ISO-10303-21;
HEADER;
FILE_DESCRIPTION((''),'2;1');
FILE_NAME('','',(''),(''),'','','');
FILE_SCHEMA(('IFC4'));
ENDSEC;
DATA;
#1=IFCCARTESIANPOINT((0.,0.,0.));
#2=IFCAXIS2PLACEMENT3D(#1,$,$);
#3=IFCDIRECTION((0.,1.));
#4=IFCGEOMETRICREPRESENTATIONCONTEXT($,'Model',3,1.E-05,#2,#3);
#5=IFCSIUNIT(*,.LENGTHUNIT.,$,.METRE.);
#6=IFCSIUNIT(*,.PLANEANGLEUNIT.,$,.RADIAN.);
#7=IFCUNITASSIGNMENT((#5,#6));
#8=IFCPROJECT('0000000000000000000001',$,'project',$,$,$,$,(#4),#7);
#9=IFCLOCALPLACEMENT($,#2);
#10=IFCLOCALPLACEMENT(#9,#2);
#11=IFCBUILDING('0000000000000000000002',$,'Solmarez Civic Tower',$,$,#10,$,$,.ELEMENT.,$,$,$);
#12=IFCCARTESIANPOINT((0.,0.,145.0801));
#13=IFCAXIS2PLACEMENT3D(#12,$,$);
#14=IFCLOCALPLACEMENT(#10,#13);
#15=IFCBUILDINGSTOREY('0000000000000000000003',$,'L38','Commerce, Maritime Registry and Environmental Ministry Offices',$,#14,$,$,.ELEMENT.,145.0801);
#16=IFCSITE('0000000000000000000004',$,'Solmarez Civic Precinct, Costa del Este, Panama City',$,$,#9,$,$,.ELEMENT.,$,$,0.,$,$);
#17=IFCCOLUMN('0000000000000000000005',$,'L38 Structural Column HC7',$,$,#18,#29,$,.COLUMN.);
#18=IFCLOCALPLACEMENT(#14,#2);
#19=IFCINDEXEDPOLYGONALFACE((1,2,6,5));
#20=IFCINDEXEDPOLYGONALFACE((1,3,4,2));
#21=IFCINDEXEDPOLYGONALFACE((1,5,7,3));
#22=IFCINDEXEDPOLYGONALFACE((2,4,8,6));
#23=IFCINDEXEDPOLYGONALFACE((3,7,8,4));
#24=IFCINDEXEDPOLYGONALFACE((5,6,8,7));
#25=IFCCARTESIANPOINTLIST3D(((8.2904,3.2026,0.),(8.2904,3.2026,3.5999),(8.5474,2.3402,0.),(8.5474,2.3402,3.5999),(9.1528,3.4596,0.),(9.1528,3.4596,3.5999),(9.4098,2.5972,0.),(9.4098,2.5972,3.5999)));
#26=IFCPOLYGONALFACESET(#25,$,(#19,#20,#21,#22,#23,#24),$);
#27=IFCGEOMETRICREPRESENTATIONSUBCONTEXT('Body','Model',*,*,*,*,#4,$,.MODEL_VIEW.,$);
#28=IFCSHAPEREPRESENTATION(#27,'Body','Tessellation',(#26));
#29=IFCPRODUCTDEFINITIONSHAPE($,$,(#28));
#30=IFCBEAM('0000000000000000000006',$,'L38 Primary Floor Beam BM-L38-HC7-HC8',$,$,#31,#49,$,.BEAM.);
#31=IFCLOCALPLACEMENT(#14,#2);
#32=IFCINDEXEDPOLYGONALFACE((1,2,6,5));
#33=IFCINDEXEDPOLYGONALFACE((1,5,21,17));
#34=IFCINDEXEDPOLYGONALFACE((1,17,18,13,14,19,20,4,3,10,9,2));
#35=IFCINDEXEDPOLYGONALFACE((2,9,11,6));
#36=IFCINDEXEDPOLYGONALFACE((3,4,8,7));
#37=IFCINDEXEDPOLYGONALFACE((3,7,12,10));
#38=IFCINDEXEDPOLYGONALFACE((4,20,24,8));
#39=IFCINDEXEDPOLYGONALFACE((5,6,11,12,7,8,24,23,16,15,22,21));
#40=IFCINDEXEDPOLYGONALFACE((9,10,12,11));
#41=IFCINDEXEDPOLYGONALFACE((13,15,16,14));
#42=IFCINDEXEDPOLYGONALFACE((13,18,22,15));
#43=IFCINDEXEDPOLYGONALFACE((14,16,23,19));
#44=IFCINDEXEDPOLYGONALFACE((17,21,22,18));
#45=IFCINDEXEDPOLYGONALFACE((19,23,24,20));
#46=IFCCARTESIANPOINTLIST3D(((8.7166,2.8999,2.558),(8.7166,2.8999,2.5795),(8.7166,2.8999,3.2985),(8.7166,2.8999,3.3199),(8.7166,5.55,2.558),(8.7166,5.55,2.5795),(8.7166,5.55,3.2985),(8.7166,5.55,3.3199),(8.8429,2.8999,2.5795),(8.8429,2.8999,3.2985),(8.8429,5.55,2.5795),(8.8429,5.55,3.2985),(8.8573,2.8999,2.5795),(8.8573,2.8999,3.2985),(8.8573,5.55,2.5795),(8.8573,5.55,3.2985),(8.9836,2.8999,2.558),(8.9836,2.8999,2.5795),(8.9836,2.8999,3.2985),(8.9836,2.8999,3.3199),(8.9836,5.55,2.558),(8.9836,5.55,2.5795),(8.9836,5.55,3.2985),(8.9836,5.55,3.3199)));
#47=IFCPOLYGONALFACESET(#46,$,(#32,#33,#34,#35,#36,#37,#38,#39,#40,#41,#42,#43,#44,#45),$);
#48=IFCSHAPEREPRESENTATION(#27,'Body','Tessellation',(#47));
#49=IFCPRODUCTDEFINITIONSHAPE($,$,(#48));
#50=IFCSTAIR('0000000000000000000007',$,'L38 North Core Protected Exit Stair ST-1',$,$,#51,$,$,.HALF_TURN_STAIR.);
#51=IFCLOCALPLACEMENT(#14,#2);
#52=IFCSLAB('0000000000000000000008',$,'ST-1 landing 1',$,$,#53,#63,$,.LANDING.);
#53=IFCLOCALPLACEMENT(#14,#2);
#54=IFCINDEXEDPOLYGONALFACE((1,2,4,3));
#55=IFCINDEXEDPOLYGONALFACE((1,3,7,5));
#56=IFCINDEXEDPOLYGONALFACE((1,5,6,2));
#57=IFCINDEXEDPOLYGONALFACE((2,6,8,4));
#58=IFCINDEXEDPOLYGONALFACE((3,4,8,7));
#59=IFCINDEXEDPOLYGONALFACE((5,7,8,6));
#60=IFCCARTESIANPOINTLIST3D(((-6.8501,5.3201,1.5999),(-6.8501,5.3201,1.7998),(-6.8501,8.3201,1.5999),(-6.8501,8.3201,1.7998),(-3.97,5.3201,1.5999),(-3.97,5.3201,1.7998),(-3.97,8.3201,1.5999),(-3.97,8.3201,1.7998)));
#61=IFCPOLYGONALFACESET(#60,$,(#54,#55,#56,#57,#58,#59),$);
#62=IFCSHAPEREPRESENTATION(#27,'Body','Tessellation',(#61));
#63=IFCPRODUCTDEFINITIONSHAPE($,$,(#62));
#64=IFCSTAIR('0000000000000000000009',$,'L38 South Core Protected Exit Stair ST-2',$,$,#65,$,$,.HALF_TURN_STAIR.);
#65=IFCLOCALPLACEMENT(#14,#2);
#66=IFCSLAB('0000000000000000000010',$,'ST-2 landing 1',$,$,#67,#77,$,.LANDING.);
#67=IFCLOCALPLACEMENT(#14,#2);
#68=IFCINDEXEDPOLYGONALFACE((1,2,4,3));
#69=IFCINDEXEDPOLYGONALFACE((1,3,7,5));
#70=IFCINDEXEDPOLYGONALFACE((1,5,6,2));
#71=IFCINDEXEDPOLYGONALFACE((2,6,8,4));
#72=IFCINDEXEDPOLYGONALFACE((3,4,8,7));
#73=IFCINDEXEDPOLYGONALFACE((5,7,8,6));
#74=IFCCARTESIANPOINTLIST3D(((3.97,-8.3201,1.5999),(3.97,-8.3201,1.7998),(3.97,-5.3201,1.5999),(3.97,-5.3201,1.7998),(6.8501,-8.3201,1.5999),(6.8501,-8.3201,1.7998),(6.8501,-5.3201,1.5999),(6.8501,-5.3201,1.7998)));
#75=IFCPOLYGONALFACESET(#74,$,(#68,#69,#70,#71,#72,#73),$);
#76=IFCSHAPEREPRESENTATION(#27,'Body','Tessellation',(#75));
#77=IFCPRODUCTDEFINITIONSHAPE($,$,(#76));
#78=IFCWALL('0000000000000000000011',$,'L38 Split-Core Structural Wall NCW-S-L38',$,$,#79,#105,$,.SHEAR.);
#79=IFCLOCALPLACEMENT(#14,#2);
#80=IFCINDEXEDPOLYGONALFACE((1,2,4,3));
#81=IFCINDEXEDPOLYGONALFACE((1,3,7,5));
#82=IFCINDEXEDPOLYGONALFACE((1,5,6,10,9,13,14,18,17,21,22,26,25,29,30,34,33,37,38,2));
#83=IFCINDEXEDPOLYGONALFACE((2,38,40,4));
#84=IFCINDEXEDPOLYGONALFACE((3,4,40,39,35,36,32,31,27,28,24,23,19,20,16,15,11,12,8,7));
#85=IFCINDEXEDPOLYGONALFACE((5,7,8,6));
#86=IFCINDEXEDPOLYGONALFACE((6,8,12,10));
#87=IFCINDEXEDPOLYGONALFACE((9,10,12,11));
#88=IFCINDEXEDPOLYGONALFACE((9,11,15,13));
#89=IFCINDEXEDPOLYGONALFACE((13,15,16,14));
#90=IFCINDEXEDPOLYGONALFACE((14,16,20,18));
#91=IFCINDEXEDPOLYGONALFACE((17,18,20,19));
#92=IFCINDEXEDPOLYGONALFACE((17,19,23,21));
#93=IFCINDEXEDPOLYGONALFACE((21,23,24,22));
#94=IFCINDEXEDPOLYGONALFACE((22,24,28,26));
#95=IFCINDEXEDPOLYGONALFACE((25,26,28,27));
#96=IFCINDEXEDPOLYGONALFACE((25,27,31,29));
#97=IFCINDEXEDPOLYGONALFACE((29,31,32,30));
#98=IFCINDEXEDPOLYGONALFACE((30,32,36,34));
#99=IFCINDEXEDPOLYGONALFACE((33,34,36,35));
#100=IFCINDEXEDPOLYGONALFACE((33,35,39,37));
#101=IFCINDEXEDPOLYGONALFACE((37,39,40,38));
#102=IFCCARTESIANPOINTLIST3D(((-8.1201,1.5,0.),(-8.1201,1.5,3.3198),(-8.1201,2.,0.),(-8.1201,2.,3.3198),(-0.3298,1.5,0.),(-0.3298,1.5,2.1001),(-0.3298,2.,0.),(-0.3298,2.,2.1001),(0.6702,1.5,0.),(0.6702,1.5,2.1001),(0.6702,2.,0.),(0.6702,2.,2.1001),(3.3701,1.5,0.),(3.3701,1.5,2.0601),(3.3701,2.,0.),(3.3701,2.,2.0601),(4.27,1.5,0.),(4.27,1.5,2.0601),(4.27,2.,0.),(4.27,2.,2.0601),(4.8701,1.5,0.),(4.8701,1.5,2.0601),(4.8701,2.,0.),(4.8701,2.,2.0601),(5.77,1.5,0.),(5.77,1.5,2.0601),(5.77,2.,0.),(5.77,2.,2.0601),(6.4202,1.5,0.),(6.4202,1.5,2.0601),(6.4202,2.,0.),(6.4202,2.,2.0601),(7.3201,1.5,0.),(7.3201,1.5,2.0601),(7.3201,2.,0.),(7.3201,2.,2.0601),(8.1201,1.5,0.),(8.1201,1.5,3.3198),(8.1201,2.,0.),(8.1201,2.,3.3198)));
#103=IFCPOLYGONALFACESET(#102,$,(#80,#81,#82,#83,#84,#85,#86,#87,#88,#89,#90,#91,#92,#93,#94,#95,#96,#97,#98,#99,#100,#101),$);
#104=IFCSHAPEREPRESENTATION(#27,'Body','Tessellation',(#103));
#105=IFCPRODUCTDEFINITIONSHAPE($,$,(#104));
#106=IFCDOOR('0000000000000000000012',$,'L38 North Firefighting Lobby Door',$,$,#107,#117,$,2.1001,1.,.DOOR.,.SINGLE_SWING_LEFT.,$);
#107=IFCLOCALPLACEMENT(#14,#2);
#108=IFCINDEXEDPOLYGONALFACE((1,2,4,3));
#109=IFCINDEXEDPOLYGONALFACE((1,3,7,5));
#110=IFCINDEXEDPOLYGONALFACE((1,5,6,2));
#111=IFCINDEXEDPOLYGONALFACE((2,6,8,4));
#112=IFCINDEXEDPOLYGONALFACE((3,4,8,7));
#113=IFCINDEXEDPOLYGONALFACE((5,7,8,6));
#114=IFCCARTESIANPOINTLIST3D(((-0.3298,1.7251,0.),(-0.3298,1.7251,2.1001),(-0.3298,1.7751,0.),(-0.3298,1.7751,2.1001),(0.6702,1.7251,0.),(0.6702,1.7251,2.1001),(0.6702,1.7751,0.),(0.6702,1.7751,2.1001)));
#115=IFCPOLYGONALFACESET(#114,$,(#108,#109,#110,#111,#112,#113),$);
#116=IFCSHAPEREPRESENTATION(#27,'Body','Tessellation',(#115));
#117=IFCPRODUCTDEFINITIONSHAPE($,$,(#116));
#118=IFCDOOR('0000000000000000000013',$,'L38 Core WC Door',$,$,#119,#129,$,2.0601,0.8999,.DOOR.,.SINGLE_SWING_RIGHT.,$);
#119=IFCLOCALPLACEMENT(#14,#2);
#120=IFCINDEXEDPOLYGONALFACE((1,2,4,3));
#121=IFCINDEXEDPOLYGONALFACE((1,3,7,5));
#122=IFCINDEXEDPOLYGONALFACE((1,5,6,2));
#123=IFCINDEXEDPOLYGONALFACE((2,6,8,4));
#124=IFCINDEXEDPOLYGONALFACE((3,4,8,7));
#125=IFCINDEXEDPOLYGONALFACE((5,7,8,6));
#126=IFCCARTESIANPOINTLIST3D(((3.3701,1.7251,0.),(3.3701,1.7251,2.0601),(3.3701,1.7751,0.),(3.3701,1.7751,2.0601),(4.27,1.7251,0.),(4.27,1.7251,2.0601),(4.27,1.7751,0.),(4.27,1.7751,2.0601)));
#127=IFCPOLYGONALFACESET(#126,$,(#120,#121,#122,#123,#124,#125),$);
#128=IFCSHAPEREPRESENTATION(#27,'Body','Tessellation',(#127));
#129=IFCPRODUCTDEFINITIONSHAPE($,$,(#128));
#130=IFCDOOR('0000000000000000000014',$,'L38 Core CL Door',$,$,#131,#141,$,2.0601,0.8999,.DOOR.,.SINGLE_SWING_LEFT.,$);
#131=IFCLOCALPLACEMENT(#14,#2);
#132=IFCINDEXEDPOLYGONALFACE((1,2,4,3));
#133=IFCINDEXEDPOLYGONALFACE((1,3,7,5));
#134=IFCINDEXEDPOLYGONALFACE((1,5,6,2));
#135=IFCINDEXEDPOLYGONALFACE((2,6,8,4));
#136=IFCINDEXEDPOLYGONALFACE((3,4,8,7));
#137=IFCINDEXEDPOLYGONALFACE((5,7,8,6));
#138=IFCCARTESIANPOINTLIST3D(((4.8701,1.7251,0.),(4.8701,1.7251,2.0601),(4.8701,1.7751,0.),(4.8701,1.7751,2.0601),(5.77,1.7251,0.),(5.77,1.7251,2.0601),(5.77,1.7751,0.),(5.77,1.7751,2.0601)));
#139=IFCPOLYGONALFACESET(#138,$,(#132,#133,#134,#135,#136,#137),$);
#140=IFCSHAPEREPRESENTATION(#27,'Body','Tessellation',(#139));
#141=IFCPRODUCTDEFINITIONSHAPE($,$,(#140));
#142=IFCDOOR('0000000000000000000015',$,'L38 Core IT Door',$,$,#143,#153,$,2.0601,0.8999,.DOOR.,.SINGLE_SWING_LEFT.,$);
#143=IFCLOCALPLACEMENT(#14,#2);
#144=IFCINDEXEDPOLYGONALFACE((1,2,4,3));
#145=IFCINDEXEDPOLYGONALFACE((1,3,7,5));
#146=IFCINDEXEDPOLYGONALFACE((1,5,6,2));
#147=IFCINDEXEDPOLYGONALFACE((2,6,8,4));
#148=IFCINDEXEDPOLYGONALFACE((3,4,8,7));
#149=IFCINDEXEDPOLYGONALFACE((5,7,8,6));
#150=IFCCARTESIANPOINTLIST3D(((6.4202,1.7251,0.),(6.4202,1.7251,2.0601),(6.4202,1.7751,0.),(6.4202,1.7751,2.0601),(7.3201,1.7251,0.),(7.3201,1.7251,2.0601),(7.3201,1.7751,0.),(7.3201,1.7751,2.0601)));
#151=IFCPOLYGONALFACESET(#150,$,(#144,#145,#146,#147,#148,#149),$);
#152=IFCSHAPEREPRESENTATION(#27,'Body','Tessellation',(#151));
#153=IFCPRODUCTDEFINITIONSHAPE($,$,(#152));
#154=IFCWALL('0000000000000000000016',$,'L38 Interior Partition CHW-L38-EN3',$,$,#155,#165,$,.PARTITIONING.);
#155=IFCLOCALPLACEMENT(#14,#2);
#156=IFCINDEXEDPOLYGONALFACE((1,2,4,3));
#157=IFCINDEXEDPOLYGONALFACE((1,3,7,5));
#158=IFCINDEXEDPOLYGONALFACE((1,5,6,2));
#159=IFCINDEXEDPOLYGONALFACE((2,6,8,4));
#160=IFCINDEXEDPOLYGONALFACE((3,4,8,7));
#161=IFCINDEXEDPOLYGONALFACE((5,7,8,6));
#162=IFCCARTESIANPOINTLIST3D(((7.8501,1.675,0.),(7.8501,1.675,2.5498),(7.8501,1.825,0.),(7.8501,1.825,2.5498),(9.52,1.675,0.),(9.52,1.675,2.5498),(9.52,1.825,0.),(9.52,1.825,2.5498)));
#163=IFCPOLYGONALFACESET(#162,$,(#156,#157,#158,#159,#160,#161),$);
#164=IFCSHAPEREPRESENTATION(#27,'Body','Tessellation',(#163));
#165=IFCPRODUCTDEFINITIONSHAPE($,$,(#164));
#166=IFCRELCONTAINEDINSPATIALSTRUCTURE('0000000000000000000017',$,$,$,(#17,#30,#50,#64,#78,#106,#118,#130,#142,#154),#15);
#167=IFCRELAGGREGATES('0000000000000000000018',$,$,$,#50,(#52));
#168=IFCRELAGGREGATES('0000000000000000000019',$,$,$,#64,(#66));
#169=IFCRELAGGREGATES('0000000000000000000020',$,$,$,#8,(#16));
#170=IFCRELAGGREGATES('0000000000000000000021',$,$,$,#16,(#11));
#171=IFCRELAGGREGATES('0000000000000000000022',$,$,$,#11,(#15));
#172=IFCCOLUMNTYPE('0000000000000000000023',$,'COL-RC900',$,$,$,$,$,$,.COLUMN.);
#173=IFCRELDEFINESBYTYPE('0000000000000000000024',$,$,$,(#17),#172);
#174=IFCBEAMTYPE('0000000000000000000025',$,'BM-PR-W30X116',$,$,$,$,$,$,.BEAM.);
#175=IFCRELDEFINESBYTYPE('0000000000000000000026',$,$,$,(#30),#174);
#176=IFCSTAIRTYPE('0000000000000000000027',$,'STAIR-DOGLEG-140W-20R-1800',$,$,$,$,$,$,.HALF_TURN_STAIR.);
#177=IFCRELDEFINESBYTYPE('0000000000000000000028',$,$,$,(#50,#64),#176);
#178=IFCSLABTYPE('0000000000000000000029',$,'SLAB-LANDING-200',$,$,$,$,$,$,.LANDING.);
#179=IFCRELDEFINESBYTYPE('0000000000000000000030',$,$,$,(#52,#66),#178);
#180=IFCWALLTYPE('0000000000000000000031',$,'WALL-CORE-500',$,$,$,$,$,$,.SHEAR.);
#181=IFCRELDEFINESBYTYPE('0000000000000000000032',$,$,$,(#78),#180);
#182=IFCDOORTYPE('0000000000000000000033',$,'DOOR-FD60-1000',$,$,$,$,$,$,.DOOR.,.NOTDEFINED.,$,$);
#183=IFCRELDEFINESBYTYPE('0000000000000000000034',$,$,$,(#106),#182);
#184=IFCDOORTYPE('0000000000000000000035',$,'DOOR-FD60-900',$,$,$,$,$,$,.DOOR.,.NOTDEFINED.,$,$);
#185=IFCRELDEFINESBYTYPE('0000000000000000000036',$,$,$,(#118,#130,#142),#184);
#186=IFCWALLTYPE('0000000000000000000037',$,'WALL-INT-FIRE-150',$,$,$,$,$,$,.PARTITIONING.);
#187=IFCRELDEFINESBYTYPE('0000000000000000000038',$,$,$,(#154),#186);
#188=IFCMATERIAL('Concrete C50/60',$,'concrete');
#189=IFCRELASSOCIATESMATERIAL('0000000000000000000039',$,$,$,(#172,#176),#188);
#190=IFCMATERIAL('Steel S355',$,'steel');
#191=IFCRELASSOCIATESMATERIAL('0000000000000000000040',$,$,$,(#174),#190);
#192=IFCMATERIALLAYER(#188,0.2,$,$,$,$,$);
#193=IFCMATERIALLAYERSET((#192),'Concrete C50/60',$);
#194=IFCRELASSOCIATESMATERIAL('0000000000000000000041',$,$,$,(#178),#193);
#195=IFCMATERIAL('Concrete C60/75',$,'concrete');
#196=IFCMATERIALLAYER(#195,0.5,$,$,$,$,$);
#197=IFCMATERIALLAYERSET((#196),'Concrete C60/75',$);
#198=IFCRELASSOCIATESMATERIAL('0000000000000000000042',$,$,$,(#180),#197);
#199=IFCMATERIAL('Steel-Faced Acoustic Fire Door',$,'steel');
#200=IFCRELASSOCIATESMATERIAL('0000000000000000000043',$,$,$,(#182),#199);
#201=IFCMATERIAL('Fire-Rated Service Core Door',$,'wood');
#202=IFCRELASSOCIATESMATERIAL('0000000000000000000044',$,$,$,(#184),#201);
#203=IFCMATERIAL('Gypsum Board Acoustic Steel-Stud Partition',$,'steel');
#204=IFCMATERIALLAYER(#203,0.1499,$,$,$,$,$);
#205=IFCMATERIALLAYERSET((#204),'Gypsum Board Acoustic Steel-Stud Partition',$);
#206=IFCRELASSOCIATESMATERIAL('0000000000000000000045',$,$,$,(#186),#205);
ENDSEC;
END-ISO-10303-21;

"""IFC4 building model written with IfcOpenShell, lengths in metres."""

from ifc_helpers import new_model, si_unit, direction, frame, frame_2d, origin, origin_2d, place, context, subcontext, project, spatial, polyline, rectangle, i_section, outline, extrude, material, layer, layer_set, material_profile, profile_set, type_object, element, fill, aggregate, save


model = new_model("IFC4")

# Units and contexts
model_context = context("Model", 3, precision=1e-05, world=origin(), true_north=direction((0.0, 1.0)))
body_context = subcontext(model_context, "Body", "Model", "MODEL_VIEW")
ifc_project = project(units=[si_unit("LENGTHUNIT", "METRE"), si_unit("PLANEANGLEUNIT", "RADIAN")], contexts=[model_context])

# Site, building, storey
site_placement = place(None, origin())
site = spatial("IfcSite", under=ifc_project, at=site_placement, Name="Solmarez Civic Precinct, Costa del Este, Panama City", CompositionType="ELEMENT", RefElevation=0.0)
building_placement = place(site_placement, origin())
building = spatial("IfcBuilding", under=site, at=building_placement, Name="Solmarez Civic Tower", CompositionType="ELEMENT")
storey_placement = place(building_placement, frame((0.0, 0.0, 145.0801)))
storey = spatial("IfcBuildingStorey", under=building, at=storey_placement, Name="L38", Description="Commerce, Maritime Registry and Environmental Ministry Offices", CompositionType="ELEMENT", Elevation=145.0801)

# Column
ifc_material_1 = material(Name="Concrete C50/60", Category="concrete")
ifc_material_profile_1 = material_profile(ifc_material_1, rectangle(XDim=0.8999, YDim=0.8999, at=origin_2d()), Name="RC900X900")
ifc_profile_set_1 = profile_set([ifc_material_profile_1], Name="Concrete C50/60")
column_type = type_object("IfcColumnType", Name="COL-RC900", PredefinedType="COLUMN", material=ifc_profile_set_1)
column_placement = place(storey_placement, frame((8.8501, 2.8999, 0.0), z_axis=(0.0, 0.0, 1.0), x_axis=(0.958323, 0.285688, 0.0)))
element("IfcColumn", 1, at=column_placement, inside=storey, type_object=column_type, Name="L38 Structural Column HC7", PredefinedType="COLUMN", context=body_context, shape_type="SweptSolid", body=[
    extrude(rectangle(XDim=0.8999, YDim=0.8999, at=origin_2d()), origin(), (0.0, 0.0, 1.0), 3.5999),
])

# Beam
ifc_material_2 = material(Name="Steel S355", Category="steel")
ifc_material_profile_2 = material_profile(ifc_material_2, i_section(OverallWidth=0.2671, OverallDepth=0.762, WebThickness=0.0144, FlangeThickness=0.0215, at=origin_2d()), Name="W30X116")
ifc_profile_set_2 = profile_set([ifc_material_profile_2], Name="Steel S355")
beam_type = type_object("IfcBeamType", Name="BM-PR-W30X116", PredefinedType="BEAM", material=ifc_profile_set_2)
beam_placement = place(storey_placement, frame((8.8501, 2.8999, 2.939), z_axis=(0.0, 1.0, 0.0), x_axis=(-1.0, 0.0, 0.0)))
element("IfcBeam", 2, at=beam_placement, inside=storey, type_object=beam_type, Name="L38 Primary Floor Beam BM-L38-HC7-HC8", PredefinedType="BEAM", context=body_context, shape_type="SweptSolid", body=[
    extrude(i_section(OverallWidth=0.2671, OverallDepth=0.762, WebThickness=0.0144, FlangeThickness=0.0215, at=origin_2d()), origin(), (0.0, 0.0, 1.0), 2.6501),
])

# Stairs, slabs
stair_type = type_object("IfcStairType", Name="STAIR-DOGLEG-140W-20R-1800", PredefinedType="HALF_TURN_STAIR", material=ifc_material_1)
stair_1_placement = place(storey_placement, origin())
stair_1 = element("IfcStair", 3, at=stair_1_placement, inside=storey, type_object=stair_type, Name="L38 North Core Protected Exit Stair ST-1", PredefinedType="HALF_TURN_STAIR")
ifc_layer_1 = layer(ifc_material_1, 0.2)
ifc_layer_set_1 = layer_set([ifc_layer_1], Name="Concrete C50/60")
slab_type = type_object("IfcSlabType", Name="SLAB-LANDING-200", PredefinedType="LANDING", material=ifc_layer_set_1)
slab_1_placement = place(storey_placement, frame((0.0, 0.0, 1.5999)))
slab_1 = element("IfcSlab", 4, at=slab_1_placement, type_object=slab_type, Name="ST-1 landing 1", PredefinedType="LANDING", context=body_context, shape_type="SweptSolid", body=[
    extrude(outline(polyline([(-3.97, 8.3201), (-6.8501, 8.3201), (-6.8501, 5.3201), (-3.97, 5.3201), (-3.97, 8.3201)])), origin(), (0.0, 0.0, 1.0), 0.2),
])
aggregate(stair_1, [slab_1])
stair_2_placement = place(storey_placement, origin())
stair_2 = element("IfcStair", 5, at=stair_2_placement, inside=storey, type_object=stair_type, Name="L38 South Core Protected Exit Stair ST-2", PredefinedType="HALF_TURN_STAIR")
slab_2_placement = place(storey_placement, frame((0.0, 0.0, 1.5999)))
slab_2 = element("IfcSlab", 6, at=slab_2_placement, type_object=slab_type, Name="ST-2 landing 1", PredefinedType="LANDING", context=body_context, shape_type="SweptSolid", body=[
    extrude(outline(polyline([(3.97, -8.3201), (6.8501, -8.3201), (6.8501, -5.3201), (3.97, -5.3201), (3.97, -8.3201)])), origin(), (0.0, 0.0, 1.0), 0.2),
])
aggregate(stair_2, [slab_2])

# Wall, openings, doors
ifc_material_3 = material(Name="Concrete C60/75", Category="concrete")
ifc_layer_2 = layer(ifc_material_3, 0.5)
ifc_layer_set_2 = layer_set([ifc_layer_2], Name="Concrete C60/75")
wall_type_1 = type_object("IfcWallType", Name="WALL-CORE-500", PredefinedType="SHEAR", material=ifc_layer_set_2)
wall_1_placement = place(storey_placement, frame((8.1201, 1.75, 0.0), z_axis=(0.0, 0.0, 1.0), x_axis=(-1.0, 0.0, 0.0)))
wall_1 = element("IfcWall", 7, at=wall_1_placement, inside=storey, type_object=wall_type_1, Name="L38 Split-Core Structural Wall NCW-S-L38", PredefinedType="SHEAR", context=body_context, shape_type="SweptSolid", body=[
    extrude(rectangle(XDim=16.2402, YDim=0.5, at=frame_2d((8.1201, 0.0))), origin(), (0.0, 0.0, 1.0), 3.3198),
])
opening_1_placement = place(wall_1_placement, frame((7.45, 0.0, 0.0)))
opening_1 = element("IfcOpeningElement", 8, at=opening_1_placement, cuts=wall_1, PredefinedType="OPENING", context=body_context, shape_type="SweptSolid", body=[
    extrude(rectangle(XDim=1.0, YDim=2.1001, at=frame_2d((0.5, 1.05))), frame((0.0, 0.26, 0.0), z_axis=(0.0, -1.0, 0.0), x_axis=(1.0, 0.0, 0.0)), (0.0, 0.0, 1.0), 0.52),
])
opening_2_placement = place(wall_1_placement, frame((3.8501, 0.0, 0.0)))
opening_2 = element("IfcOpeningElement", 9, at=opening_2_placement, cuts=wall_1, PredefinedType="OPENING", context=body_context, shape_type="SweptSolid", body=[
    extrude(rectangle(XDim=0.8999, YDim=2.0601, at=frame_2d((0.45, 1.03))), frame((0.0, 0.26, 0.0), z_axis=(0.0, -1.0, 0.0), x_axis=(1.0, 0.0, 0.0)), (0.0, 0.0, 1.0), 0.52),
])
opening_3_placement = place(wall_1_placement, frame((2.3501, 0.0, 0.0)))
opening_3 = element("IfcOpeningElement", 10, at=opening_3_placement, cuts=wall_1, PredefinedType="OPENING", context=body_context, shape_type="SweptSolid", body=[
    extrude(rectangle(XDim=0.8999, YDim=2.0601, at=frame_2d((0.45, 1.03))), frame((0.0, 0.26, 0.0), z_axis=(0.0, -1.0, 0.0), x_axis=(1.0, 0.0, 0.0)), (0.0, 0.0, 1.0), 0.52),
])
opening_4_placement = place(wall_1_placement, frame((0.8, 0.0, 0.0)))
opening_4 = element("IfcOpeningElement", 11, at=opening_4_placement, cuts=wall_1, PredefinedType="OPENING", context=body_context, shape_type="SweptSolid", body=[
    extrude(rectangle(XDim=0.8999, YDim=2.0601, at=frame_2d((0.45, 1.03))), frame((0.0, 0.26, 0.0), z_axis=(0.0, -1.0, 0.0), x_axis=(1.0, 0.0, 0.0)), (0.0, 0.0, 1.0), 0.52),
])
ifc_material_4 = material(Name="Steel-Faced Acoustic Fire Door", Category="steel")
door_type_1 = type_object("IfcDoorType", Name="DOOR-FD60-1000", OperationType="NOTDEFINED", PredefinedType="DOOR", material=ifc_material_4)
door_1_placement = place(opening_1_placement, origin())
door_1 = element("IfcDoor", 12, at=door_1_placement, inside=storey, type_object=door_type_1, Name="L38 North Firefighting Lobby Door", OperationType="SINGLE_SWING_LEFT", OverallHeight=2.1001, OverallWidth=1.0, PredefinedType="DOOR", context=body_context, shape_type="SweptSolid", body=[
    extrude(rectangle(XDim=1.0, YDim=2.1001, at=frame_2d((0.5, 1.05))), frame((0.0, 0.0249, 0.0), z_axis=(0.0, -1.0, 0.0), x_axis=(1.0, 0.0, 0.0)), (0.0, 0.0, 1.0), 0.05),
])
fill(opening_1, door_1)
ifc_material_5 = material(Name="Fire-Rated Service Core Door", Category="wood")
door_type_2 = type_object("IfcDoorType", Name="DOOR-FD60-900", OperationType="NOTDEFINED", PredefinedType="DOOR", material=ifc_material_5)
door_2_placement = place(opening_2_placement, origin())
door_2 = element("IfcDoor", 13, at=door_2_placement, inside=storey, type_object=door_type_2, Name="L38 Core WC Door", OperationType="SINGLE_SWING_RIGHT", OverallHeight=2.0601, OverallWidth=0.8999, PredefinedType="DOOR", context=body_context, shape_type="SweptSolid", body=[
    extrude(rectangle(XDim=0.8999, YDim=2.0601, at=frame_2d((0.45, 1.03))), frame((0.0, 0.0249, 0.0), z_axis=(0.0, -1.0, 0.0), x_axis=(1.0, 0.0, 0.0)), (0.0, 0.0, 1.0), 0.05),
])
fill(opening_2, door_2)
door_3_placement = place(opening_3_placement, origin())
door_3 = element("IfcDoor", 14, at=door_3_placement, inside=storey, type_object=door_type_2, Name="L38 Core CL Door", OperationType="SINGLE_SWING_LEFT", OverallHeight=2.0601, OverallWidth=0.8999, PredefinedType="DOOR", context=body_context, shape_type="SweptSolid", body=[
    extrude(rectangle(XDim=0.8999, YDim=2.0601, at=frame_2d((0.45, 1.03))), frame((0.0, 0.0249, 0.0), z_axis=(0.0, -1.0, 0.0), x_axis=(1.0, 0.0, 0.0)), (0.0, 0.0, 1.0), 0.05),
])
fill(opening_3, door_3)
door_4_placement = place(opening_4_placement, origin())
door_4 = element("IfcDoor", 15, at=door_4_placement, inside=storey, type_object=door_type_2, Name="L38 Core IT Door", OperationType="SINGLE_SWING_LEFT", OverallHeight=2.0601, OverallWidth=0.8999, PredefinedType="DOOR", context=body_context, shape_type="SweptSolid", body=[
    extrude(rectangle(XDim=0.8999, YDim=2.0601, at=frame_2d((0.45, 1.03))), frame((0.0, 0.0249, 0.0), z_axis=(0.0, -1.0, 0.0), x_axis=(1.0, 0.0, 0.0)), (0.0, 0.0, 1.0), 0.05),
])
fill(opening_4, door_4)

# Wall
ifc_material_6 = material(Name="Gypsum Board Acoustic Steel-Stud Partition", Category="steel")
ifc_layer_3 = layer(ifc_material_6, 0.1499)
ifc_layer_set_3 = layer_set([ifc_layer_3], Name="Gypsum Board Acoustic Steel-Stud Partition")
wall_type_2 = type_object("IfcWallType", Name="WALL-INT-FIRE-150", PredefinedType="PARTITIONING", material=ifc_layer_set_3)
wall_2_placement = place(storey_placement, frame((7.8501, 1.75, 0.0), z_axis=(0.0, 0.0, 1.0), x_axis=(1.0, 0.0, 0.0)))
element("IfcWall", 16, at=wall_2_placement, inside=storey, type_object=wall_type_2, Name="L38 Interior Partition CHW-L38-EN3", PredefinedType="PARTITIONING", context=body_context, shape_type="SweptSolid", body=[
    extrude(rectangle(XDim=1.6699, YDim=0.1499, at=frame_2d((0.835, 0.0))), origin(), (0.0, 0.0, 1.0), 2.5498),
])

save(model, "model.ifc")
